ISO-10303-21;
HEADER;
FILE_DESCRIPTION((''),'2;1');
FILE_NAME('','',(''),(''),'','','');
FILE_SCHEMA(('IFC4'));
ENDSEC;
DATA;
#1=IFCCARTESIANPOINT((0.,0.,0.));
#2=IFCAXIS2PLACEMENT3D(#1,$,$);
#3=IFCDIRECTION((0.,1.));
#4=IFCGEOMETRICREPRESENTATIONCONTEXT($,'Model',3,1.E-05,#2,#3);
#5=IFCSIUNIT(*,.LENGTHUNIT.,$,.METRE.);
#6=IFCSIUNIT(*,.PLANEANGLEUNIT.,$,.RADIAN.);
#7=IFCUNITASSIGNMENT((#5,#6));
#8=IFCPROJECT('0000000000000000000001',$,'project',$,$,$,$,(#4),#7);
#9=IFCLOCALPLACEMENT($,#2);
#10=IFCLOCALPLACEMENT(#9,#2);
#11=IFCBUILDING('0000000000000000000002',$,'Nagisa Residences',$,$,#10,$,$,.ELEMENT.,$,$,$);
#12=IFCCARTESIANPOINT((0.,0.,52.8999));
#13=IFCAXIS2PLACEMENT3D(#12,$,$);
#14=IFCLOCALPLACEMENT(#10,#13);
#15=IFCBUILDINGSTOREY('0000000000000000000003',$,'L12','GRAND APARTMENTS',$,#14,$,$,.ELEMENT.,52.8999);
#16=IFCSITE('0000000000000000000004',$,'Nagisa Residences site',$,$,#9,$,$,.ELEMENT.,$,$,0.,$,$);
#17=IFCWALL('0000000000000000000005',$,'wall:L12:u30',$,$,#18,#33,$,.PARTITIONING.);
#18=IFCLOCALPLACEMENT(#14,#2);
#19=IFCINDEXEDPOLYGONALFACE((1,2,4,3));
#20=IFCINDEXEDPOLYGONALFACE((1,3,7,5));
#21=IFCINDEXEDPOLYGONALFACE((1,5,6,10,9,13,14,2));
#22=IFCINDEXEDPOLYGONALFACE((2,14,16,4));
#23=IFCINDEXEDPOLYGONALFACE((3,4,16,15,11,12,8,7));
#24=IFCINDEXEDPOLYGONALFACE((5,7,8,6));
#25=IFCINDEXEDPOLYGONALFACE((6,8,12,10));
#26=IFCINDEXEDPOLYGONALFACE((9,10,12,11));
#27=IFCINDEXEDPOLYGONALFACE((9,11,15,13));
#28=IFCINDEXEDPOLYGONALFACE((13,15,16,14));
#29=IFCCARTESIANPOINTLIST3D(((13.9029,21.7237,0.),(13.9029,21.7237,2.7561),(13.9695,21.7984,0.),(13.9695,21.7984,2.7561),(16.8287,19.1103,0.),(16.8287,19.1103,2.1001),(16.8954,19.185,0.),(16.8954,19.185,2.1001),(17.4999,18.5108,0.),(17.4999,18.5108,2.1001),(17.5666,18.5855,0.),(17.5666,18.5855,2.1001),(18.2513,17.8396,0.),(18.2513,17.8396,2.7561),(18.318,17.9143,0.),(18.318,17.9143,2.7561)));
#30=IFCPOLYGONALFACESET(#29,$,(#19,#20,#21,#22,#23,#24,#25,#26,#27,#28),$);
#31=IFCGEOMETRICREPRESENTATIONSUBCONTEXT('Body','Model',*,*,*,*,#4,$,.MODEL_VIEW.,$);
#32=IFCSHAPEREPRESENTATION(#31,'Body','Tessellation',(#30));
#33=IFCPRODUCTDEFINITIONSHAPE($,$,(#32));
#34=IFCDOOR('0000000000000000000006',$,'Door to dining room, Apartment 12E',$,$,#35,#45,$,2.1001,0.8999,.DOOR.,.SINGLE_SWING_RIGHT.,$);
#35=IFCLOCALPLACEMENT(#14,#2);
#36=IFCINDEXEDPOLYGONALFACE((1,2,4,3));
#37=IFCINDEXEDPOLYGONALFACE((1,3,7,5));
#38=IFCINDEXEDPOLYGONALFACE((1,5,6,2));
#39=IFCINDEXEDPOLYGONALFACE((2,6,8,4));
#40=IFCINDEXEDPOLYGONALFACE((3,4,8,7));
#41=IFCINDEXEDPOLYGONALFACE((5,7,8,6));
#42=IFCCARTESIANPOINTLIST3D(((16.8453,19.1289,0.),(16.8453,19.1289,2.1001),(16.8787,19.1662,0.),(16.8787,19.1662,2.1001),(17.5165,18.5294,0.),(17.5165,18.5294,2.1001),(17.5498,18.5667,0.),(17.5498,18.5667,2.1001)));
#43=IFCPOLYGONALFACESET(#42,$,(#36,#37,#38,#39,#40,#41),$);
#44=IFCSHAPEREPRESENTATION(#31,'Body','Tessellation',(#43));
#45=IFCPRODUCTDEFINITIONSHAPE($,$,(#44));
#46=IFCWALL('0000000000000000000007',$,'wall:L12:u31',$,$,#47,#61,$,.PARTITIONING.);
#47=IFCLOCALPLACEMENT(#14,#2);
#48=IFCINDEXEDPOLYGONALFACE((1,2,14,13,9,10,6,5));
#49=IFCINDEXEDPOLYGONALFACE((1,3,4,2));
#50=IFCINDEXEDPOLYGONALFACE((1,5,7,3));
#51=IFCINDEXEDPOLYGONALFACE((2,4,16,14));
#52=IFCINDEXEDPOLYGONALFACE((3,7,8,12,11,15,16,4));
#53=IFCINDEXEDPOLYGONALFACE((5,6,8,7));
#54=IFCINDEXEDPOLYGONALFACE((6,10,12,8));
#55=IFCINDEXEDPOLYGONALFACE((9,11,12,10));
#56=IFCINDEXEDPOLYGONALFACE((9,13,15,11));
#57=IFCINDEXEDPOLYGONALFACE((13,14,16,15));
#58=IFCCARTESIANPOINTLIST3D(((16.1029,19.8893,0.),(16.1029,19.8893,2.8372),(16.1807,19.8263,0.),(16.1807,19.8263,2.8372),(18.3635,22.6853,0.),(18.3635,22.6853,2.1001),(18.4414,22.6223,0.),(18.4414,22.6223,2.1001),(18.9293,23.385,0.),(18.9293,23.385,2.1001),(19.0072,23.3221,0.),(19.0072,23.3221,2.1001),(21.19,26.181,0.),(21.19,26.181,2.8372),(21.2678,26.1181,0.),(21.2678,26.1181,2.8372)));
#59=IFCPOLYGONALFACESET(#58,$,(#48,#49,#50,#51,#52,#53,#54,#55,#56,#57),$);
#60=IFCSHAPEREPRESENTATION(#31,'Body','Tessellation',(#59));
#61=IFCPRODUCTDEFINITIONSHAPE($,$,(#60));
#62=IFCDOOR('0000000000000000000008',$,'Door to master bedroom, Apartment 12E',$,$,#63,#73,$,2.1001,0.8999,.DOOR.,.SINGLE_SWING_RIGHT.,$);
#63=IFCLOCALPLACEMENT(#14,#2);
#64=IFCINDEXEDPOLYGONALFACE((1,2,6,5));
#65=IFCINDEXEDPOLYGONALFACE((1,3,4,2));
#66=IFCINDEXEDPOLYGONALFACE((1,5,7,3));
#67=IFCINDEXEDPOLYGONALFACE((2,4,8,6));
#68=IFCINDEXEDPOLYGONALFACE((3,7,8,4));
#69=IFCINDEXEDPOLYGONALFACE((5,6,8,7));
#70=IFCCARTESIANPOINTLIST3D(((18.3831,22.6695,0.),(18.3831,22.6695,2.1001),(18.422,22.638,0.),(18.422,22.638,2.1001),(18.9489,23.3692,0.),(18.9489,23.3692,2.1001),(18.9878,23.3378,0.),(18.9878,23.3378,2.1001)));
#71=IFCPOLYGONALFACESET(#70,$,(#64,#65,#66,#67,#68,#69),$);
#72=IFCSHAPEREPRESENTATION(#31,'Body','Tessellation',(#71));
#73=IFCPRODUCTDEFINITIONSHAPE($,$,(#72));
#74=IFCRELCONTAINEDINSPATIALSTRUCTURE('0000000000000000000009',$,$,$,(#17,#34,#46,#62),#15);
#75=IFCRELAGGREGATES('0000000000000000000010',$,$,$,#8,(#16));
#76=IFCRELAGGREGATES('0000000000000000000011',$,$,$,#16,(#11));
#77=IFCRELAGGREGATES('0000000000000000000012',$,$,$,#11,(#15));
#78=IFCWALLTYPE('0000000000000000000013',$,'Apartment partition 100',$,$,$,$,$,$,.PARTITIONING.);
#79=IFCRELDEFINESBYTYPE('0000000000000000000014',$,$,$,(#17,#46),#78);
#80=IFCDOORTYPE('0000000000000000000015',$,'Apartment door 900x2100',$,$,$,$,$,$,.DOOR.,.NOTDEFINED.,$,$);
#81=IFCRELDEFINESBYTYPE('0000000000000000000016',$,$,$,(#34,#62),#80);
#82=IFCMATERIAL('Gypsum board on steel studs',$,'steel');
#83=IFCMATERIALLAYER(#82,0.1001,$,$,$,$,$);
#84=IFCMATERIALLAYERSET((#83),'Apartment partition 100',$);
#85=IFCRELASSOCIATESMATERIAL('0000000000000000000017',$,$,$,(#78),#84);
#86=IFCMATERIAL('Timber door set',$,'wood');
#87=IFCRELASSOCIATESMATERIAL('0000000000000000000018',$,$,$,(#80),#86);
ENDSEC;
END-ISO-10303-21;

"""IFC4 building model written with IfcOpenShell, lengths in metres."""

from ifc_helpers import new_model, si_unit, direction, frame, frame_2d, origin, place, context, subcontext, project, spatial, rectangle, extrude, material, layer, layer_set, type_object, element, fill, save


model = new_model("IFC4")

# Units and contexts
model_context = context("Model", 3, precision=1e-05, world=origin(), true_north=direction((0.0, 1.0)))
body_context = subcontext(model_context, "Body", "Model", "MODEL_VIEW")
ifc_project = project(units=[si_unit("LENGTHUNIT", "METRE"), si_unit("PLANEANGLEUNIT", "RADIAN")], contexts=[model_context])

# Site, building, storey
site_placement = place(None, origin())
site = spatial("IfcSite", under=ifc_project, at=site_placement, Name="Nagisa Residences site", CompositionType="ELEMENT", RefElevation=0.0)
building_placement = place(site_placement, origin())
building = spatial("IfcBuilding", under=site, at=building_placement, Name="Nagisa Residences", CompositionType="ELEMENT")
storey_placement = place(building_placement, frame((0.0, 0.0, 52.8999)))
storey = spatial("IfcBuildingStorey", under=building, at=storey_placement, Name="L12", Description="GRAND APARTMENTS", CompositionType="ELEMENT", Elevation=52.8999)

# Walls, openings, doors
ifc_material_1 = material(Name="Gypsum board on steel studs", Category="steel")
ifc_layer_1 = layer(ifc_material_1, 0.1001)
ifc_layer_set_1 = layer_set([ifc_layer_1], Name="Apartment partition 100")
wall_type_1 = type_object("IfcWallType", Name="Apartment partition 100", PredefinedType="PARTITIONING", material=ifc_layer_set_1)
ifc_material_2 = material(Name="Timber door set", Category="wood")
door_type_1 = type_object("IfcDoorType", Name="Apartment door 900x2100", OperationType="NOTDEFINED", PredefinedType="DOOR", material=ifc_material_2)
wall_1_placement = place(storey_placement, frame((18.2847, 17.877, 0.0), z_axis=(0.0, 0.0, 1.0), x_axis=(-0.745806, 0.666163, 0.0)))
wall_1 = element("IfcWall", 1, at=wall_1_placement, inside=storey, type_object=wall_type_1, Name="wall:L12:u30", PredefinedType="PARTITIONING", context=body_context, shape_type="SweptSolid", body=[
    extrude(rectangle(XDim=5.8306, YDim=0.1001, at=frame_2d((2.9153, 0.0))), origin(), (0.0, 0.0, 1.0), 2.7561),
])
opening_1_placement = place(wall_1_placement, frame((1.0076, 0.0, 0.0)))
opening_1 = element("IfcOpeningElement", 2, at=opening_1_placement, cuts=wall_1, PredefinedType="OPENING", context=body_context, shape_type="SweptSolid", body=[
    extrude(rectangle(XDim=0.8999, YDim=2.1001, at=frame_2d((0.45, 1.05))), frame((0.0, 0.0601, 0.0), z_axis=(0.0, -1.0, 0.0), x_axis=(1.0, 0.0, 0.0)), (0.0, 0.0, 1.0), 0.1201),
])
door_1_placement = place(opening_1_placement, frame((0.8999, 0.0, 0.0), x_axis=(-1.0, 0.0, 0.0)))
door_1 = element("IfcDoor", 3, at=door_1_placement, inside=storey, type_object=door_type_1, Name="Door to dining room, Apartment 12E", OperationType="SINGLE_SWING_RIGHT", OverallHeight=2.1001, OverallWidth=0.8999, PredefinedType="DOOR", context=body_context, shape_type="SweptSolid", body=[
    extrude(rectangle(XDim=0.8999, YDim=2.1001, at=frame_2d((0.45, 1.05))), frame((0.0, 0.0249, 0.0), z_axis=(0.0, -1.0, 0.0), x_axis=(1.0, 0.0, 0.0)), (0.0, 0.0, 1.0), 0.05),
])
fill(opening_1, door_1)
wall_2_placement = place(storey_placement, frame((16.1418, 19.8579, 0.0), z_axis=(0.0, 0.0, 1.0), x_axis=(0.628738, 0.777617, 0.0)))
wall_2 = element("IfcWall", 4, at=wall_2_placement, inside=storey, type_object=wall_type_1, Name="wall:L12:u31", PredefinedType="PARTITIONING", context=body_context, shape_type="SweptSolid", body=[
    extrude(rectangle(XDim=8.0911, YDim=0.1001, at=frame_2d((4.0454, 0.0))), origin(), (0.0, 0.0, 1.0), 2.8372),
])
opening_2_placement = place(wall_2_placement, frame((3.5955, 0.0, 0.0)))
opening_2 = element("IfcOpeningElement", 5, at=opening_2_placement, cuts=wall_2, PredefinedType="OPENING", context=body_context, shape_type="SweptSolid", body=[
    extrude(rectangle(XDim=0.8999, YDim=2.1001, at=frame_2d((0.45, 1.05))), frame((0.0, 0.0601, 0.0), z_axis=(0.0, -1.0, 0.0), x_axis=(1.0, 0.0, 0.0)), (0.0, 0.0, 1.0), 0.1201),
])
door_2_placement = place(opening_2_placement, origin())
door_2 = element("IfcDoor", 6, at=door_2_placement, inside=storey, type_object=door_type_1, Name="Door to master bedroom, Apartment 12E", OperationType="SINGLE_SWING_RIGHT", OverallHeight=2.1001, OverallWidth=0.8999, PredefinedType="DOOR", context=body_context, shape_type="SweptSolid", body=[
    extrude(rectangle(XDim=0.8999, YDim=2.1001, at=frame_2d((0.45, 1.05))), frame((0.0, 0.0249, 0.0), z_axis=(0.0, -1.0, 0.0), x_axis=(1.0, 0.0, 0.0)), (0.0, 0.0, 1.0), 0.05),
])
fill(opening_2, door_2)

save(model, "model.ifc")
